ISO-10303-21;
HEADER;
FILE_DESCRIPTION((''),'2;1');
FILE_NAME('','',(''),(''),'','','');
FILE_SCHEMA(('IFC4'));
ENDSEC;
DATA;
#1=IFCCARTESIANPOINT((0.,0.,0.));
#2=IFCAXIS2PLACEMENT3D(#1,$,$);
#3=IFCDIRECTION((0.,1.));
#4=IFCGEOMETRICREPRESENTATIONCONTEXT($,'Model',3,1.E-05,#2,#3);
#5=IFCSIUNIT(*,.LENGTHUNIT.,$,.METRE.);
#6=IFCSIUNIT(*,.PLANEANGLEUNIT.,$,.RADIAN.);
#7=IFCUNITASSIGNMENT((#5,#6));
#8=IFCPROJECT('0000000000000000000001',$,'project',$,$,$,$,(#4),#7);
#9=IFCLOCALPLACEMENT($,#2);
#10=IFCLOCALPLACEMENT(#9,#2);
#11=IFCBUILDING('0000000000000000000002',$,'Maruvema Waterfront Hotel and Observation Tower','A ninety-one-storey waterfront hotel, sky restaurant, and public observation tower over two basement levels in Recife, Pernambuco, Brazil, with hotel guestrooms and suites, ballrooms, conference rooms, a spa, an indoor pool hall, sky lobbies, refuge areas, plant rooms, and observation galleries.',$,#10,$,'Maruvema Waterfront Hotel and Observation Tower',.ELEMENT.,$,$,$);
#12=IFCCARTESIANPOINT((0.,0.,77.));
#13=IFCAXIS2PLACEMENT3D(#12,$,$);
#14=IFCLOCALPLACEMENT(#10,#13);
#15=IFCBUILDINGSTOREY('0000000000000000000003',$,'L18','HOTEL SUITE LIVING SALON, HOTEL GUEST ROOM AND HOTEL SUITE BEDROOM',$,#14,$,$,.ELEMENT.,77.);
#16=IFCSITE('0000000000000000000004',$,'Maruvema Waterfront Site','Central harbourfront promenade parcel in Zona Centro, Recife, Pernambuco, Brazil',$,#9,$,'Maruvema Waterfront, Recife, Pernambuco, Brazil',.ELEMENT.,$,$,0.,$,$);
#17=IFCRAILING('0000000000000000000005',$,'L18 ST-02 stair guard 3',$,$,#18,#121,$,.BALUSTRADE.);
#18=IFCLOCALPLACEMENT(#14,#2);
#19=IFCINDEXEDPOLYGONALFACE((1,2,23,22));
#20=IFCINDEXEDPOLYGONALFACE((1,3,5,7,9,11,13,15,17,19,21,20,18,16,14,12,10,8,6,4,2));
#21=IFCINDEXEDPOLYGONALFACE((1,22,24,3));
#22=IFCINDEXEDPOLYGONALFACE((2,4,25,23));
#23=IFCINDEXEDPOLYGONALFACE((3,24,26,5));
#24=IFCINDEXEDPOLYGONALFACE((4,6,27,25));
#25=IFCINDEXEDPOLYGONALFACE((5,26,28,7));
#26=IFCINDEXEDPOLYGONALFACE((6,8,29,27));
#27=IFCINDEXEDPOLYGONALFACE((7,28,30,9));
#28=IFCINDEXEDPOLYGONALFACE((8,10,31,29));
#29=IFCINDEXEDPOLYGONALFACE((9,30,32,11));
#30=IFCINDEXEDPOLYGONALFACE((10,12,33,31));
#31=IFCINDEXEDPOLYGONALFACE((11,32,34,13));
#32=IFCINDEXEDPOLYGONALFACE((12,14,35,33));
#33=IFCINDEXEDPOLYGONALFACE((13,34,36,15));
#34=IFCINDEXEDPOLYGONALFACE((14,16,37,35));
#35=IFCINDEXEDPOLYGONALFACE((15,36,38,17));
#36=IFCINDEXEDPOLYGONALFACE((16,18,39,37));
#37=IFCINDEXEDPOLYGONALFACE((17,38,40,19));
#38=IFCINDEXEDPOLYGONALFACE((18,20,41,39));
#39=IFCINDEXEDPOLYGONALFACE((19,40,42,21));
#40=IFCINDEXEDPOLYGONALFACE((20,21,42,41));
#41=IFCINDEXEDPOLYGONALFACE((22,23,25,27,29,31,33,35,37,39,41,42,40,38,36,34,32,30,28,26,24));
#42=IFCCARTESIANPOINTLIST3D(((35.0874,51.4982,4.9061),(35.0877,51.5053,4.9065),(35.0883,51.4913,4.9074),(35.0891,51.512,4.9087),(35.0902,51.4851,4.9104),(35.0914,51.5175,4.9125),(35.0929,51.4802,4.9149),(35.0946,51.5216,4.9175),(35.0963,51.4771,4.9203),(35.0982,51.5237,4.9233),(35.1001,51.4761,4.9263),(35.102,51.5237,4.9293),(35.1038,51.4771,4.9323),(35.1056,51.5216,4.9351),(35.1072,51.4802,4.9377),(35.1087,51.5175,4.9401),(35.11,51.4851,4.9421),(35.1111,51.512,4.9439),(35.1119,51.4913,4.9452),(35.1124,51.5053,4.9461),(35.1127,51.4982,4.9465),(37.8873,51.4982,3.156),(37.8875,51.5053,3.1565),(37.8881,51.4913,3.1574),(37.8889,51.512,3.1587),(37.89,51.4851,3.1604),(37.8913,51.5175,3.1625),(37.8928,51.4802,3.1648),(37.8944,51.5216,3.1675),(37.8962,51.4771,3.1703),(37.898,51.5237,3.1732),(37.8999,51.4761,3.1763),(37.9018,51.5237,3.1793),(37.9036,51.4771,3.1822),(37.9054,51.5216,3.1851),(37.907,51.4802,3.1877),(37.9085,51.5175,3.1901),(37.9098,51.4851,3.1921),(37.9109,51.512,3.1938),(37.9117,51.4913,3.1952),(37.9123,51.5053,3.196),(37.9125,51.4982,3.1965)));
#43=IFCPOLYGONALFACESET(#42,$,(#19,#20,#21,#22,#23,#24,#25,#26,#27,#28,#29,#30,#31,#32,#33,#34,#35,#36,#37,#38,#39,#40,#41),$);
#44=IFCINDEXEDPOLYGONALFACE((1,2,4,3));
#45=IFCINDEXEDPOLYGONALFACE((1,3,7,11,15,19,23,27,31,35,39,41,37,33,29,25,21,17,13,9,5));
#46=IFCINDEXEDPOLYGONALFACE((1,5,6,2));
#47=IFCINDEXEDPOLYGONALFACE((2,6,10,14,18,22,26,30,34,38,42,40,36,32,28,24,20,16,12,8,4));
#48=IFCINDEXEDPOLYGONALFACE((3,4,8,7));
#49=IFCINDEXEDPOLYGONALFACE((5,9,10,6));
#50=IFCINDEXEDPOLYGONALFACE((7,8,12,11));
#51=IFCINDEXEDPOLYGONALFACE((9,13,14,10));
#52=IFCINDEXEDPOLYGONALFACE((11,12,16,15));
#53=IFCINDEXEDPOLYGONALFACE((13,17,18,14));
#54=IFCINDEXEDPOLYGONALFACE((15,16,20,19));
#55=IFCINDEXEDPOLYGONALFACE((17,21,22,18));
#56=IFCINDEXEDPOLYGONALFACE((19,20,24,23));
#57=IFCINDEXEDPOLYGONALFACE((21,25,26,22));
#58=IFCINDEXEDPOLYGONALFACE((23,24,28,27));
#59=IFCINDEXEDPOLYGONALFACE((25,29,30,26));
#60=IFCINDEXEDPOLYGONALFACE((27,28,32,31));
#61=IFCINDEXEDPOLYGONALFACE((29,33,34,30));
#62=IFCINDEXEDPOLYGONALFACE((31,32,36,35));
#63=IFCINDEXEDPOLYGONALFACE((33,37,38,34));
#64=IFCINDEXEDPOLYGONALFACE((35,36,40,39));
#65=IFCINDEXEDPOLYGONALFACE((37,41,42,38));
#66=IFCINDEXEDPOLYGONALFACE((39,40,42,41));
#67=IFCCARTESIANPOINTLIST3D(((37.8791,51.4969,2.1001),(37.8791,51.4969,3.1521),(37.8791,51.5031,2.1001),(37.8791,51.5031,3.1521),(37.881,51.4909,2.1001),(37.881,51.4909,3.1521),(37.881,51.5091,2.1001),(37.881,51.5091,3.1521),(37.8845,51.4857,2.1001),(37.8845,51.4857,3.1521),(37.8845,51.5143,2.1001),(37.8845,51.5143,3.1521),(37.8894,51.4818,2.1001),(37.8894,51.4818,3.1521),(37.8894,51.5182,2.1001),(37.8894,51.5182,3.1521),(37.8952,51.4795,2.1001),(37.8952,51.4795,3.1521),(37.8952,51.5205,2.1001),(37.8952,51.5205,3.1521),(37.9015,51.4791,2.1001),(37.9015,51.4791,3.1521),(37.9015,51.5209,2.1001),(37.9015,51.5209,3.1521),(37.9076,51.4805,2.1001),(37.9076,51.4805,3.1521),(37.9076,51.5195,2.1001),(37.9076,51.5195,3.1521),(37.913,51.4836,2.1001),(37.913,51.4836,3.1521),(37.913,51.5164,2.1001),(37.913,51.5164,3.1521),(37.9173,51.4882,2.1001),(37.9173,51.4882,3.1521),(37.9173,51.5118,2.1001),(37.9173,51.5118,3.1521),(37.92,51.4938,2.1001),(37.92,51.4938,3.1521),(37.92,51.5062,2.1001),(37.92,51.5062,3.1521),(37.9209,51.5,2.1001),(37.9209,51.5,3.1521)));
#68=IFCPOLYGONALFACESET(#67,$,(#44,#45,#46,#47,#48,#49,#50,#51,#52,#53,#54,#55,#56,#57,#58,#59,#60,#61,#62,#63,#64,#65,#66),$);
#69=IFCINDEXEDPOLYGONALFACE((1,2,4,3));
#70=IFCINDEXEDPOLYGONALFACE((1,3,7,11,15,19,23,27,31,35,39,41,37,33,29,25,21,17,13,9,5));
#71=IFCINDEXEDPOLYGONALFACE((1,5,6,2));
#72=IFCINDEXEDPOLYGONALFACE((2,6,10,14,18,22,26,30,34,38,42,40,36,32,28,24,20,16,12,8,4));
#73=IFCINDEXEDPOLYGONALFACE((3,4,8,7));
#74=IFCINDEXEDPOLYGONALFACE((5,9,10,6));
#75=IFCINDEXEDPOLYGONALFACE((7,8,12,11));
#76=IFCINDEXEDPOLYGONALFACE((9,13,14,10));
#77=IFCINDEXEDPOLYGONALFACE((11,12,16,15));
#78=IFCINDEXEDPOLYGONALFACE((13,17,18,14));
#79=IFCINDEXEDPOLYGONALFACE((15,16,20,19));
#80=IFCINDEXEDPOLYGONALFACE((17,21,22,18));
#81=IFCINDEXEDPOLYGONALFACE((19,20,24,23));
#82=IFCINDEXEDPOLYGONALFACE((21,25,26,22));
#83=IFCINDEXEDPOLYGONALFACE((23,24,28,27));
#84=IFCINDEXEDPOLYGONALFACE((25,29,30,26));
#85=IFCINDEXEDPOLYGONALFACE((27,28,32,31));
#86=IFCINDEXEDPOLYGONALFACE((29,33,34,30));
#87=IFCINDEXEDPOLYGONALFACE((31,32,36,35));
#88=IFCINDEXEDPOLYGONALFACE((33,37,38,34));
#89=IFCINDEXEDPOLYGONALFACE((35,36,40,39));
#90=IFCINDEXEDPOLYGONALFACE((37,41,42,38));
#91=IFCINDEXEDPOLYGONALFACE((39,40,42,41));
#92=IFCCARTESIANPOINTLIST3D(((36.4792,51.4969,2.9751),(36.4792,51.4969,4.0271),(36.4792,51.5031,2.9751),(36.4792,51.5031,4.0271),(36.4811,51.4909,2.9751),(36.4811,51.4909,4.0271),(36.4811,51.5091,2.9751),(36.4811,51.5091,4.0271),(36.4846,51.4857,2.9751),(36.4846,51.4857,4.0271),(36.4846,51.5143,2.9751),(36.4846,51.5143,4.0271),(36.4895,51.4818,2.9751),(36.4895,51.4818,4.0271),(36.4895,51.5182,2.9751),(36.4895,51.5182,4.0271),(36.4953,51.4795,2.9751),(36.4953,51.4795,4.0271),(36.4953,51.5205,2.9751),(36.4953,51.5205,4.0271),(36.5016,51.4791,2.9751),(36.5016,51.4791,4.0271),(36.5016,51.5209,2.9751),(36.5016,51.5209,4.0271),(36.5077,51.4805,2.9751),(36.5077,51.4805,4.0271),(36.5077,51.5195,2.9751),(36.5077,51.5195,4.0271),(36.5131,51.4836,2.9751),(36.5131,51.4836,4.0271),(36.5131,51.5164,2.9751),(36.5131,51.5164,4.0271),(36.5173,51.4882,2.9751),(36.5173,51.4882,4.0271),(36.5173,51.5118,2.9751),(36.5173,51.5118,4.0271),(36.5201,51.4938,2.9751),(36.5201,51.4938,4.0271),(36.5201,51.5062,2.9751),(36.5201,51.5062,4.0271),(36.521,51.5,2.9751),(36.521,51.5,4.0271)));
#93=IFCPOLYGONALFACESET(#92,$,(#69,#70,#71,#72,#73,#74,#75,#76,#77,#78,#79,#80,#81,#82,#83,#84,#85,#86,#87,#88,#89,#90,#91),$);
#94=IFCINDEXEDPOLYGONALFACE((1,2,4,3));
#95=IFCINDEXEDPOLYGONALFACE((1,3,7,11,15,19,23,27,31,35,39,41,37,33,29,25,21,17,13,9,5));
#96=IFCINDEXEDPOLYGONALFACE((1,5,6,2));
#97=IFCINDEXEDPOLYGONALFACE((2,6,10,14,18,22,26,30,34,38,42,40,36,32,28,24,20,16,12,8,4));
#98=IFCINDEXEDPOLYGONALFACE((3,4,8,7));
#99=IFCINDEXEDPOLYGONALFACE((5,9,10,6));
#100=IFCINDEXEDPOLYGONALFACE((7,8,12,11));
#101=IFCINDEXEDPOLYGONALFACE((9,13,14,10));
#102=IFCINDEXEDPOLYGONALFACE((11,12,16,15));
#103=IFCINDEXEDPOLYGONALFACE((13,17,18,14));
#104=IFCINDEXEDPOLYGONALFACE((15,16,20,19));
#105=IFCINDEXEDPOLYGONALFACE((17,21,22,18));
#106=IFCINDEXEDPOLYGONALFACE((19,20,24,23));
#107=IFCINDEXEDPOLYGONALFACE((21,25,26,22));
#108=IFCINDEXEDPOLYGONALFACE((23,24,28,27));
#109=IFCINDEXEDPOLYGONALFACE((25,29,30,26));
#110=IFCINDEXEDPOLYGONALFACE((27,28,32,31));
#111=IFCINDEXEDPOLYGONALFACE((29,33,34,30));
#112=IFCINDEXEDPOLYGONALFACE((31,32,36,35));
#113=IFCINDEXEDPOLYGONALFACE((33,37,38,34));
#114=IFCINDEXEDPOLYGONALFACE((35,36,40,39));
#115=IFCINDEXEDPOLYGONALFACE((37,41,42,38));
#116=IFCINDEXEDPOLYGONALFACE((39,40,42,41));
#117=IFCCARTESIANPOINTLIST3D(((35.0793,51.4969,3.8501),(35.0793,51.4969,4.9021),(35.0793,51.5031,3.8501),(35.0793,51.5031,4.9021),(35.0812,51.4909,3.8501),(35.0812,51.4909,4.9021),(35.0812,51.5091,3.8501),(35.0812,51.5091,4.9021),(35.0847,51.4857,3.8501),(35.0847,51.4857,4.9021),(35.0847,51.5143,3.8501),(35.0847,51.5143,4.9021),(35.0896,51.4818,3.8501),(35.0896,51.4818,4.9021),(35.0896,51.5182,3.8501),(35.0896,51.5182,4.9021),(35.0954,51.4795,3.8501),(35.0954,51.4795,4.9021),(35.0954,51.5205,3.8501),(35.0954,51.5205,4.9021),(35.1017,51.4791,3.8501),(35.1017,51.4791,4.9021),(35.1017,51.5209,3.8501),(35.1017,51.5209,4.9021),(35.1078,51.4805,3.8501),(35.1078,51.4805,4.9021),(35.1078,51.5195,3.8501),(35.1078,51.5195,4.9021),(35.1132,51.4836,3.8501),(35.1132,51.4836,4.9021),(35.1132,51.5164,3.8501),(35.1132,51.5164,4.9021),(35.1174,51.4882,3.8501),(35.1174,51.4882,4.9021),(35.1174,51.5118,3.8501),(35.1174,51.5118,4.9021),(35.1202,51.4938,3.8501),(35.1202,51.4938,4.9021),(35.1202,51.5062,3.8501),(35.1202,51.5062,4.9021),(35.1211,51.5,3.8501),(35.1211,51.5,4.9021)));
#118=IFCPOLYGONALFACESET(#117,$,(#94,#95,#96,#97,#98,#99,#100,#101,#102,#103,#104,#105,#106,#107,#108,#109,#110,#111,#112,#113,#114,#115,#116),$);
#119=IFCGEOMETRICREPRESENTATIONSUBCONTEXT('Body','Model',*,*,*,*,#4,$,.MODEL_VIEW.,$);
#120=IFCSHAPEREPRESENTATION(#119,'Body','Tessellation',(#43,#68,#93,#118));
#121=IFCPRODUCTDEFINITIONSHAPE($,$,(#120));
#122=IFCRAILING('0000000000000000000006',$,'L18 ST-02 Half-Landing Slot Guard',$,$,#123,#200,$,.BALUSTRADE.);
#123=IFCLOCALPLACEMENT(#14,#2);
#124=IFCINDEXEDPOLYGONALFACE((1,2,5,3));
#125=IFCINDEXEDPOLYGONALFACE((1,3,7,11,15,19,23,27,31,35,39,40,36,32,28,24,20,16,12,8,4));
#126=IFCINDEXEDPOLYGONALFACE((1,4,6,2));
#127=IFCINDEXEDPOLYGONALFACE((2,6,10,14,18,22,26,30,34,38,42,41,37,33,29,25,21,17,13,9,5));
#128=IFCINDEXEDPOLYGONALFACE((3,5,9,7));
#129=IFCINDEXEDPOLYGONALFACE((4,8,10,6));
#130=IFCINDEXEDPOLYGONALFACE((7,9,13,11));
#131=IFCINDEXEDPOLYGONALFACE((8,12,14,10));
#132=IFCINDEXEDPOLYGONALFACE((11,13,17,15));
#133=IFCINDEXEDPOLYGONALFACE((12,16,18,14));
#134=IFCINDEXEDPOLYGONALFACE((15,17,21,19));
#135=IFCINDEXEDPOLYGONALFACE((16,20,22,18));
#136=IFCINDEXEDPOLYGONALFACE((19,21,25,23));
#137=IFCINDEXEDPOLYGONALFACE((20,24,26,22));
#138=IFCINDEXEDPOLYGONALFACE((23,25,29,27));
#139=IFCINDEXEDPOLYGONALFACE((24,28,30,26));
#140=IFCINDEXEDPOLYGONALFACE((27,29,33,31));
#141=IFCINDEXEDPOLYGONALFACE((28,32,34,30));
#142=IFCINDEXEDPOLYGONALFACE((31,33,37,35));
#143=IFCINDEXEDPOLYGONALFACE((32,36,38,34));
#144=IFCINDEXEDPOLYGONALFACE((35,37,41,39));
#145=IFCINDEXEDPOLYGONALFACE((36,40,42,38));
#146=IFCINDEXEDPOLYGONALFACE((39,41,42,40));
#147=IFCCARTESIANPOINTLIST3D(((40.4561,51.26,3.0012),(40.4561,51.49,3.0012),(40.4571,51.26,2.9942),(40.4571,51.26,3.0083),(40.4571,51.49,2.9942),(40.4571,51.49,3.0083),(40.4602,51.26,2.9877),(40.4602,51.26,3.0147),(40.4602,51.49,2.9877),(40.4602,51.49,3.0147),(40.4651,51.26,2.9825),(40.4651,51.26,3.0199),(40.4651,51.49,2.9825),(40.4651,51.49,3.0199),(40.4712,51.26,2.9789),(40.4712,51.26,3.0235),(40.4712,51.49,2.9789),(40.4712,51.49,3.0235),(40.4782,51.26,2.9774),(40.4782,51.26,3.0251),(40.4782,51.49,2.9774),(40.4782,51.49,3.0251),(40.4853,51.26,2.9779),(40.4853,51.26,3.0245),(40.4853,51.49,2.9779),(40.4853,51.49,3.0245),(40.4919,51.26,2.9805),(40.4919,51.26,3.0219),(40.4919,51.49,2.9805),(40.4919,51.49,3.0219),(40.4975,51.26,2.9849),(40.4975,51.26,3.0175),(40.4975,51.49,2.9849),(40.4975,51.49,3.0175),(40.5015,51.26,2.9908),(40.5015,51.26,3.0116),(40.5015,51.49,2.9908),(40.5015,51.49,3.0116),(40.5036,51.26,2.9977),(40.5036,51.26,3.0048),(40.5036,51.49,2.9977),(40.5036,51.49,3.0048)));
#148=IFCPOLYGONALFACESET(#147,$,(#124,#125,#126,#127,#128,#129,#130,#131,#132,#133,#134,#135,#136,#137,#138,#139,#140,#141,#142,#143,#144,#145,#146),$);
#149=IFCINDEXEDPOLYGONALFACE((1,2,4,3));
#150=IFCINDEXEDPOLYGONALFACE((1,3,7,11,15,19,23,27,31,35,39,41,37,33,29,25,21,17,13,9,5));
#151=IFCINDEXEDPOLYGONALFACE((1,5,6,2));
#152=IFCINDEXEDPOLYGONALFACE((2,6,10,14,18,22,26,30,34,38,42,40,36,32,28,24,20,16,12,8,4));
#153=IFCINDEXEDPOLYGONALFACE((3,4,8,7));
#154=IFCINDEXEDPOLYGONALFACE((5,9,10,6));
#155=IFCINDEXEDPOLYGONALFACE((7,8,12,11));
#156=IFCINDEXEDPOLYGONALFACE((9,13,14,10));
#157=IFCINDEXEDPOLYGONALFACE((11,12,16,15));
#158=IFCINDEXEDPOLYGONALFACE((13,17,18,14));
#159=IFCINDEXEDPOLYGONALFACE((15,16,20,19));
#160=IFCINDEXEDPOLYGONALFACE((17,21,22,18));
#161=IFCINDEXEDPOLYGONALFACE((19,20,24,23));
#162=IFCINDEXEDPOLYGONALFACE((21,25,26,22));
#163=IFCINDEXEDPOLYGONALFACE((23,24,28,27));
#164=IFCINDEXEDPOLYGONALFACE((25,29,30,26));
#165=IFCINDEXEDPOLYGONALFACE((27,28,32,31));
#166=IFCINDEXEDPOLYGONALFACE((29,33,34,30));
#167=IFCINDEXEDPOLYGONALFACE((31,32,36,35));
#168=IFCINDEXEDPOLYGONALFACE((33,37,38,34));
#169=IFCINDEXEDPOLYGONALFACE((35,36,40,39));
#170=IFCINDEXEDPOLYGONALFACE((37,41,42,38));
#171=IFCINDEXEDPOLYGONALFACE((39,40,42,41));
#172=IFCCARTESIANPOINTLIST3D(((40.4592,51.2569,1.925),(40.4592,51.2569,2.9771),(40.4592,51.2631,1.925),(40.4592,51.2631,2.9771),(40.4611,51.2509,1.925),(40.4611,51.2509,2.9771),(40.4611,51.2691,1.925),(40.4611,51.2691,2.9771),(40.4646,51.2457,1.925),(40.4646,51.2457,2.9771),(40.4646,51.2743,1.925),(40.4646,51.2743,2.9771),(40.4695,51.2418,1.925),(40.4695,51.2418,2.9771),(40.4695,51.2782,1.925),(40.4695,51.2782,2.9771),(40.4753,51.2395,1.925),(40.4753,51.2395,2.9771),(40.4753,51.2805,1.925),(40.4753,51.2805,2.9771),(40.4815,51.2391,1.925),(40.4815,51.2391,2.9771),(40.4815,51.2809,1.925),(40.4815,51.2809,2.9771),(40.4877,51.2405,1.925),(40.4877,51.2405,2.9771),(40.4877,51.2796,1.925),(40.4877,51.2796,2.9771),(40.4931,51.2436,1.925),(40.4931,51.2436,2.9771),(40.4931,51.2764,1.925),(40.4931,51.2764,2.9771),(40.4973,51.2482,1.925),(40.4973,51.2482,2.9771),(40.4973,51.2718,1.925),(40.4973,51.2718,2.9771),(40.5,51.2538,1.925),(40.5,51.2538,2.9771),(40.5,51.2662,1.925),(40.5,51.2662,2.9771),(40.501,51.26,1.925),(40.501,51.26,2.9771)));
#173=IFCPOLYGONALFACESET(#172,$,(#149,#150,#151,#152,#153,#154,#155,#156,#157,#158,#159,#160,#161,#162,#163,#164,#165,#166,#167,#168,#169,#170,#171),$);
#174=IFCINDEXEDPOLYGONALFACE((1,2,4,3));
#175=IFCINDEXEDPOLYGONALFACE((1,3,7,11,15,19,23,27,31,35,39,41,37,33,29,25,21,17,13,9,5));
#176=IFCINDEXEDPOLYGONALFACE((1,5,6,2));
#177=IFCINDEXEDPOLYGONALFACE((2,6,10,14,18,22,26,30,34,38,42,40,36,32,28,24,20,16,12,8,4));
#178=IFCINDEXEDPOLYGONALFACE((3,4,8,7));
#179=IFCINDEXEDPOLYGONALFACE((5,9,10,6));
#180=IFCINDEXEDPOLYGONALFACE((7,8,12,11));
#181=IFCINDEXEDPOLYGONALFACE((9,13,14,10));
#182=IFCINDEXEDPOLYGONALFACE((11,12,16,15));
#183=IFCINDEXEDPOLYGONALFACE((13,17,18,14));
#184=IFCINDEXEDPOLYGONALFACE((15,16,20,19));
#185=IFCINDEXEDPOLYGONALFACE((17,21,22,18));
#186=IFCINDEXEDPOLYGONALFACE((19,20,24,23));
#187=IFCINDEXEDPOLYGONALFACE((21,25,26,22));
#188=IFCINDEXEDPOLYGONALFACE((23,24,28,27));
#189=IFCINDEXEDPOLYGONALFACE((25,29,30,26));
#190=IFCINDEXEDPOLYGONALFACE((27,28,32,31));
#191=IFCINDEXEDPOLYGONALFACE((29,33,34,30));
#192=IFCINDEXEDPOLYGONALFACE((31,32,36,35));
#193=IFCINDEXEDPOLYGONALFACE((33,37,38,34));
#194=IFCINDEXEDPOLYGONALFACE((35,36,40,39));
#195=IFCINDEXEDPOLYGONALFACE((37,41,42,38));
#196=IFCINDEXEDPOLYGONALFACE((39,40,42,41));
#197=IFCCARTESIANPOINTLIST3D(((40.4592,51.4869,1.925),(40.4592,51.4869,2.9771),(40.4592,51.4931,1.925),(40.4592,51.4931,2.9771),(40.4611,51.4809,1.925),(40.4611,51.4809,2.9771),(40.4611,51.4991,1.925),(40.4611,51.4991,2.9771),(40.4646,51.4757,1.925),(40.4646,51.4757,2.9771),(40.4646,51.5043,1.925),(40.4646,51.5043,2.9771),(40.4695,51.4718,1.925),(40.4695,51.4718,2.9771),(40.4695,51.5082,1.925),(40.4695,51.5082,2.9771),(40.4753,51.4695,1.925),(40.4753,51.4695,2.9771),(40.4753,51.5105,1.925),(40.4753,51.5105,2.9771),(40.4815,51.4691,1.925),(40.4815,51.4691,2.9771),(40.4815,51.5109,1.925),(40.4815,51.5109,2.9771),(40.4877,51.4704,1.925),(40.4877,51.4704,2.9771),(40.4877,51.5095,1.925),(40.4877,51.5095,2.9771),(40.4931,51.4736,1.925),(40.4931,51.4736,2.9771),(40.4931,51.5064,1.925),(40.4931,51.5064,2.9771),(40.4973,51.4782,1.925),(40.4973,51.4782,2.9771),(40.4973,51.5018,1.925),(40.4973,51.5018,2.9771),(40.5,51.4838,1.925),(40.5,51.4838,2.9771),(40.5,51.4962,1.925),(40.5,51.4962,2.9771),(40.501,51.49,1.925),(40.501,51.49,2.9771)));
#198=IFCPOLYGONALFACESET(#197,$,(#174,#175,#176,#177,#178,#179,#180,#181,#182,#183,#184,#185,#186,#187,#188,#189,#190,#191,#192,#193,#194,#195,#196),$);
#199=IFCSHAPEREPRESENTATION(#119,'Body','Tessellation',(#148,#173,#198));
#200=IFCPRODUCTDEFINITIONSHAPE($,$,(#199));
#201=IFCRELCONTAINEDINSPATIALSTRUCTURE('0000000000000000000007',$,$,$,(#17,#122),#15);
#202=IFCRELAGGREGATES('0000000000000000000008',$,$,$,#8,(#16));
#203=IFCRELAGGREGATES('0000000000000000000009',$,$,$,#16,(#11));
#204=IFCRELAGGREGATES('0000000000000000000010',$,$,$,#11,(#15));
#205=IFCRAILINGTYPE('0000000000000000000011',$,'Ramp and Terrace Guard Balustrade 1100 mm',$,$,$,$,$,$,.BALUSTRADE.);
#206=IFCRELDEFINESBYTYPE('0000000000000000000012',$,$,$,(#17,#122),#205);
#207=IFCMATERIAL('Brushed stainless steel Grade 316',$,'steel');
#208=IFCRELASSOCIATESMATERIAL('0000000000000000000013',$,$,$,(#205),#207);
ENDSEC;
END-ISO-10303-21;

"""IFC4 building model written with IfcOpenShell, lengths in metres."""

from ifc_helpers import new_model, si_unit, direction, frame, origin, origin_2d, place, context, subcontext, project, spatial, circle, extrude, material, type_object, element, save


model = new_model("IFC4")

# Units and contexts
model_context = context("Model", 3, precision=1e-05, world=origin(), true_north=direction((0.0, 1.0)))
body_context = subcontext(model_context, "Body", "Model", "MODEL_VIEW")
ifc_project = project(units=[si_unit("LENGTHUNIT", "METRE"), si_unit("PLANEANGLEUNIT", "RADIAN")], contexts=[model_context])

# Site, building, storey
site_placement = place(None, origin())
site = spatial("IfcSite", under=ifc_project, at=site_placement, Name="Maruvema Waterfront Site", Description="Central harbourfront promenade parcel in Zona Centro, Recife, Pernambuco, Brazil", LongName="Maruvema Waterfront, Recife, Pernambuco, Brazil", CompositionType="ELEMENT", RefElevation=0.0)
building_placement = place(site_placement, origin())
building = spatial("IfcBuilding", under=site, at=building_placement, Name="Maruvema Waterfront Hotel and Observation Tower", Description="A ninety-one-storey waterfront hotel, sky restaurant, and public observation tower over two basement levels in Recife, Pernambuco, Brazil, with hotel guestrooms and suites, ballrooms, conference rooms, a spa, an indoor pool hall, sky lobbies, refuge areas, plant rooms, and observation galleries.", LongName="Maruvema Waterfront Hotel and Observation Tower", CompositionType="ELEMENT")
storey_placement = place(building_placement, frame((0.0, 0.0, 77.0)))
storey = spatial("IfcBuildingStorey", under=building, at=storey_placement, Name="L18", Description="HOTEL SUITE LIVING SALON, HOTEL GUEST ROOM AND HOTEL SUITE BEDROOM", CompositionType="ELEMENT", Elevation=77.0)

# Railings
ifc_material_1 = material(Name="Brushed stainless steel Grade 316", Category="steel")
railing_type_1 = type_object("IfcRailingType", Name="Ramp and Terrace Guard Balustrade 1100 mm", PredefinedType="BALUSTRADE", material=ifc_material_1)
railing_1_placement = place(storey_placement, frame((37.8999, 51.5, 2.1001)))
element("IfcRailing", 1, at=railing_1_placement, inside=storey, type_object=railing_type_1, Name="L18 ST-02 stair guard 3", PredefinedType="BALUSTRADE", context=body_context, shape_type="SweptSolid", body=[
    extrude(circle(Radius=0.0239, at=origin_2d()), frame((0.0, 0.0, 1.0762), z_axis=(-0.847982, 0.0, 0.530026), x_axis=(0.0, -1.0, 0.0)), (0.0, 0.0, 1.0), 3.3018),
    extrude(circle(Radius=0.021, at=origin_2d()), origin(), (0.0, 0.0, 1.0), 1.052),
    extrude(circle(Radius=0.021, at=origin_2d()), frame((-1.3999, 0.0, 0.875)), (0.0, 0.0, 1.0), 1.052),
    extrude(circle(Radius=0.021, at=origin_2d()), frame((-2.7998, 0.0, 1.75)), (0.0, 0.0, 1.0), 1.052),
])
railing_2_placement = place(storey_placement, frame((40.48, 51.26, 1.925)))
element("IfcRailing", 2, at=railing_2_placement, inside=storey, type_object=railing_type_1, Name="L18 ST-02 Half-Landing Slot Guard", PredefinedType="BALUSTRADE", context=body_context, shape_type="SweptSolid", body=[
    extrude(circle(Radius=0.0239, at=origin_2d()), frame((0.0, 0.0, 1.0762), z_axis=(0.0, 1.0, 0.0), x_axis=(-1.0, 0.0, 0.0)), (0.0, 0.0, 1.0), 0.23),
    extrude(circle(Radius=0.021, at=origin_2d()), origin(), (0.0, 0.0, 1.0), 1.052),
    extrude(circle(Radius=0.021, at=origin_2d()), frame((0.0, 0.23, 0.0)), (0.0, 0.0, 1.0), 1.052),
])

save(model, "model.ifc")
